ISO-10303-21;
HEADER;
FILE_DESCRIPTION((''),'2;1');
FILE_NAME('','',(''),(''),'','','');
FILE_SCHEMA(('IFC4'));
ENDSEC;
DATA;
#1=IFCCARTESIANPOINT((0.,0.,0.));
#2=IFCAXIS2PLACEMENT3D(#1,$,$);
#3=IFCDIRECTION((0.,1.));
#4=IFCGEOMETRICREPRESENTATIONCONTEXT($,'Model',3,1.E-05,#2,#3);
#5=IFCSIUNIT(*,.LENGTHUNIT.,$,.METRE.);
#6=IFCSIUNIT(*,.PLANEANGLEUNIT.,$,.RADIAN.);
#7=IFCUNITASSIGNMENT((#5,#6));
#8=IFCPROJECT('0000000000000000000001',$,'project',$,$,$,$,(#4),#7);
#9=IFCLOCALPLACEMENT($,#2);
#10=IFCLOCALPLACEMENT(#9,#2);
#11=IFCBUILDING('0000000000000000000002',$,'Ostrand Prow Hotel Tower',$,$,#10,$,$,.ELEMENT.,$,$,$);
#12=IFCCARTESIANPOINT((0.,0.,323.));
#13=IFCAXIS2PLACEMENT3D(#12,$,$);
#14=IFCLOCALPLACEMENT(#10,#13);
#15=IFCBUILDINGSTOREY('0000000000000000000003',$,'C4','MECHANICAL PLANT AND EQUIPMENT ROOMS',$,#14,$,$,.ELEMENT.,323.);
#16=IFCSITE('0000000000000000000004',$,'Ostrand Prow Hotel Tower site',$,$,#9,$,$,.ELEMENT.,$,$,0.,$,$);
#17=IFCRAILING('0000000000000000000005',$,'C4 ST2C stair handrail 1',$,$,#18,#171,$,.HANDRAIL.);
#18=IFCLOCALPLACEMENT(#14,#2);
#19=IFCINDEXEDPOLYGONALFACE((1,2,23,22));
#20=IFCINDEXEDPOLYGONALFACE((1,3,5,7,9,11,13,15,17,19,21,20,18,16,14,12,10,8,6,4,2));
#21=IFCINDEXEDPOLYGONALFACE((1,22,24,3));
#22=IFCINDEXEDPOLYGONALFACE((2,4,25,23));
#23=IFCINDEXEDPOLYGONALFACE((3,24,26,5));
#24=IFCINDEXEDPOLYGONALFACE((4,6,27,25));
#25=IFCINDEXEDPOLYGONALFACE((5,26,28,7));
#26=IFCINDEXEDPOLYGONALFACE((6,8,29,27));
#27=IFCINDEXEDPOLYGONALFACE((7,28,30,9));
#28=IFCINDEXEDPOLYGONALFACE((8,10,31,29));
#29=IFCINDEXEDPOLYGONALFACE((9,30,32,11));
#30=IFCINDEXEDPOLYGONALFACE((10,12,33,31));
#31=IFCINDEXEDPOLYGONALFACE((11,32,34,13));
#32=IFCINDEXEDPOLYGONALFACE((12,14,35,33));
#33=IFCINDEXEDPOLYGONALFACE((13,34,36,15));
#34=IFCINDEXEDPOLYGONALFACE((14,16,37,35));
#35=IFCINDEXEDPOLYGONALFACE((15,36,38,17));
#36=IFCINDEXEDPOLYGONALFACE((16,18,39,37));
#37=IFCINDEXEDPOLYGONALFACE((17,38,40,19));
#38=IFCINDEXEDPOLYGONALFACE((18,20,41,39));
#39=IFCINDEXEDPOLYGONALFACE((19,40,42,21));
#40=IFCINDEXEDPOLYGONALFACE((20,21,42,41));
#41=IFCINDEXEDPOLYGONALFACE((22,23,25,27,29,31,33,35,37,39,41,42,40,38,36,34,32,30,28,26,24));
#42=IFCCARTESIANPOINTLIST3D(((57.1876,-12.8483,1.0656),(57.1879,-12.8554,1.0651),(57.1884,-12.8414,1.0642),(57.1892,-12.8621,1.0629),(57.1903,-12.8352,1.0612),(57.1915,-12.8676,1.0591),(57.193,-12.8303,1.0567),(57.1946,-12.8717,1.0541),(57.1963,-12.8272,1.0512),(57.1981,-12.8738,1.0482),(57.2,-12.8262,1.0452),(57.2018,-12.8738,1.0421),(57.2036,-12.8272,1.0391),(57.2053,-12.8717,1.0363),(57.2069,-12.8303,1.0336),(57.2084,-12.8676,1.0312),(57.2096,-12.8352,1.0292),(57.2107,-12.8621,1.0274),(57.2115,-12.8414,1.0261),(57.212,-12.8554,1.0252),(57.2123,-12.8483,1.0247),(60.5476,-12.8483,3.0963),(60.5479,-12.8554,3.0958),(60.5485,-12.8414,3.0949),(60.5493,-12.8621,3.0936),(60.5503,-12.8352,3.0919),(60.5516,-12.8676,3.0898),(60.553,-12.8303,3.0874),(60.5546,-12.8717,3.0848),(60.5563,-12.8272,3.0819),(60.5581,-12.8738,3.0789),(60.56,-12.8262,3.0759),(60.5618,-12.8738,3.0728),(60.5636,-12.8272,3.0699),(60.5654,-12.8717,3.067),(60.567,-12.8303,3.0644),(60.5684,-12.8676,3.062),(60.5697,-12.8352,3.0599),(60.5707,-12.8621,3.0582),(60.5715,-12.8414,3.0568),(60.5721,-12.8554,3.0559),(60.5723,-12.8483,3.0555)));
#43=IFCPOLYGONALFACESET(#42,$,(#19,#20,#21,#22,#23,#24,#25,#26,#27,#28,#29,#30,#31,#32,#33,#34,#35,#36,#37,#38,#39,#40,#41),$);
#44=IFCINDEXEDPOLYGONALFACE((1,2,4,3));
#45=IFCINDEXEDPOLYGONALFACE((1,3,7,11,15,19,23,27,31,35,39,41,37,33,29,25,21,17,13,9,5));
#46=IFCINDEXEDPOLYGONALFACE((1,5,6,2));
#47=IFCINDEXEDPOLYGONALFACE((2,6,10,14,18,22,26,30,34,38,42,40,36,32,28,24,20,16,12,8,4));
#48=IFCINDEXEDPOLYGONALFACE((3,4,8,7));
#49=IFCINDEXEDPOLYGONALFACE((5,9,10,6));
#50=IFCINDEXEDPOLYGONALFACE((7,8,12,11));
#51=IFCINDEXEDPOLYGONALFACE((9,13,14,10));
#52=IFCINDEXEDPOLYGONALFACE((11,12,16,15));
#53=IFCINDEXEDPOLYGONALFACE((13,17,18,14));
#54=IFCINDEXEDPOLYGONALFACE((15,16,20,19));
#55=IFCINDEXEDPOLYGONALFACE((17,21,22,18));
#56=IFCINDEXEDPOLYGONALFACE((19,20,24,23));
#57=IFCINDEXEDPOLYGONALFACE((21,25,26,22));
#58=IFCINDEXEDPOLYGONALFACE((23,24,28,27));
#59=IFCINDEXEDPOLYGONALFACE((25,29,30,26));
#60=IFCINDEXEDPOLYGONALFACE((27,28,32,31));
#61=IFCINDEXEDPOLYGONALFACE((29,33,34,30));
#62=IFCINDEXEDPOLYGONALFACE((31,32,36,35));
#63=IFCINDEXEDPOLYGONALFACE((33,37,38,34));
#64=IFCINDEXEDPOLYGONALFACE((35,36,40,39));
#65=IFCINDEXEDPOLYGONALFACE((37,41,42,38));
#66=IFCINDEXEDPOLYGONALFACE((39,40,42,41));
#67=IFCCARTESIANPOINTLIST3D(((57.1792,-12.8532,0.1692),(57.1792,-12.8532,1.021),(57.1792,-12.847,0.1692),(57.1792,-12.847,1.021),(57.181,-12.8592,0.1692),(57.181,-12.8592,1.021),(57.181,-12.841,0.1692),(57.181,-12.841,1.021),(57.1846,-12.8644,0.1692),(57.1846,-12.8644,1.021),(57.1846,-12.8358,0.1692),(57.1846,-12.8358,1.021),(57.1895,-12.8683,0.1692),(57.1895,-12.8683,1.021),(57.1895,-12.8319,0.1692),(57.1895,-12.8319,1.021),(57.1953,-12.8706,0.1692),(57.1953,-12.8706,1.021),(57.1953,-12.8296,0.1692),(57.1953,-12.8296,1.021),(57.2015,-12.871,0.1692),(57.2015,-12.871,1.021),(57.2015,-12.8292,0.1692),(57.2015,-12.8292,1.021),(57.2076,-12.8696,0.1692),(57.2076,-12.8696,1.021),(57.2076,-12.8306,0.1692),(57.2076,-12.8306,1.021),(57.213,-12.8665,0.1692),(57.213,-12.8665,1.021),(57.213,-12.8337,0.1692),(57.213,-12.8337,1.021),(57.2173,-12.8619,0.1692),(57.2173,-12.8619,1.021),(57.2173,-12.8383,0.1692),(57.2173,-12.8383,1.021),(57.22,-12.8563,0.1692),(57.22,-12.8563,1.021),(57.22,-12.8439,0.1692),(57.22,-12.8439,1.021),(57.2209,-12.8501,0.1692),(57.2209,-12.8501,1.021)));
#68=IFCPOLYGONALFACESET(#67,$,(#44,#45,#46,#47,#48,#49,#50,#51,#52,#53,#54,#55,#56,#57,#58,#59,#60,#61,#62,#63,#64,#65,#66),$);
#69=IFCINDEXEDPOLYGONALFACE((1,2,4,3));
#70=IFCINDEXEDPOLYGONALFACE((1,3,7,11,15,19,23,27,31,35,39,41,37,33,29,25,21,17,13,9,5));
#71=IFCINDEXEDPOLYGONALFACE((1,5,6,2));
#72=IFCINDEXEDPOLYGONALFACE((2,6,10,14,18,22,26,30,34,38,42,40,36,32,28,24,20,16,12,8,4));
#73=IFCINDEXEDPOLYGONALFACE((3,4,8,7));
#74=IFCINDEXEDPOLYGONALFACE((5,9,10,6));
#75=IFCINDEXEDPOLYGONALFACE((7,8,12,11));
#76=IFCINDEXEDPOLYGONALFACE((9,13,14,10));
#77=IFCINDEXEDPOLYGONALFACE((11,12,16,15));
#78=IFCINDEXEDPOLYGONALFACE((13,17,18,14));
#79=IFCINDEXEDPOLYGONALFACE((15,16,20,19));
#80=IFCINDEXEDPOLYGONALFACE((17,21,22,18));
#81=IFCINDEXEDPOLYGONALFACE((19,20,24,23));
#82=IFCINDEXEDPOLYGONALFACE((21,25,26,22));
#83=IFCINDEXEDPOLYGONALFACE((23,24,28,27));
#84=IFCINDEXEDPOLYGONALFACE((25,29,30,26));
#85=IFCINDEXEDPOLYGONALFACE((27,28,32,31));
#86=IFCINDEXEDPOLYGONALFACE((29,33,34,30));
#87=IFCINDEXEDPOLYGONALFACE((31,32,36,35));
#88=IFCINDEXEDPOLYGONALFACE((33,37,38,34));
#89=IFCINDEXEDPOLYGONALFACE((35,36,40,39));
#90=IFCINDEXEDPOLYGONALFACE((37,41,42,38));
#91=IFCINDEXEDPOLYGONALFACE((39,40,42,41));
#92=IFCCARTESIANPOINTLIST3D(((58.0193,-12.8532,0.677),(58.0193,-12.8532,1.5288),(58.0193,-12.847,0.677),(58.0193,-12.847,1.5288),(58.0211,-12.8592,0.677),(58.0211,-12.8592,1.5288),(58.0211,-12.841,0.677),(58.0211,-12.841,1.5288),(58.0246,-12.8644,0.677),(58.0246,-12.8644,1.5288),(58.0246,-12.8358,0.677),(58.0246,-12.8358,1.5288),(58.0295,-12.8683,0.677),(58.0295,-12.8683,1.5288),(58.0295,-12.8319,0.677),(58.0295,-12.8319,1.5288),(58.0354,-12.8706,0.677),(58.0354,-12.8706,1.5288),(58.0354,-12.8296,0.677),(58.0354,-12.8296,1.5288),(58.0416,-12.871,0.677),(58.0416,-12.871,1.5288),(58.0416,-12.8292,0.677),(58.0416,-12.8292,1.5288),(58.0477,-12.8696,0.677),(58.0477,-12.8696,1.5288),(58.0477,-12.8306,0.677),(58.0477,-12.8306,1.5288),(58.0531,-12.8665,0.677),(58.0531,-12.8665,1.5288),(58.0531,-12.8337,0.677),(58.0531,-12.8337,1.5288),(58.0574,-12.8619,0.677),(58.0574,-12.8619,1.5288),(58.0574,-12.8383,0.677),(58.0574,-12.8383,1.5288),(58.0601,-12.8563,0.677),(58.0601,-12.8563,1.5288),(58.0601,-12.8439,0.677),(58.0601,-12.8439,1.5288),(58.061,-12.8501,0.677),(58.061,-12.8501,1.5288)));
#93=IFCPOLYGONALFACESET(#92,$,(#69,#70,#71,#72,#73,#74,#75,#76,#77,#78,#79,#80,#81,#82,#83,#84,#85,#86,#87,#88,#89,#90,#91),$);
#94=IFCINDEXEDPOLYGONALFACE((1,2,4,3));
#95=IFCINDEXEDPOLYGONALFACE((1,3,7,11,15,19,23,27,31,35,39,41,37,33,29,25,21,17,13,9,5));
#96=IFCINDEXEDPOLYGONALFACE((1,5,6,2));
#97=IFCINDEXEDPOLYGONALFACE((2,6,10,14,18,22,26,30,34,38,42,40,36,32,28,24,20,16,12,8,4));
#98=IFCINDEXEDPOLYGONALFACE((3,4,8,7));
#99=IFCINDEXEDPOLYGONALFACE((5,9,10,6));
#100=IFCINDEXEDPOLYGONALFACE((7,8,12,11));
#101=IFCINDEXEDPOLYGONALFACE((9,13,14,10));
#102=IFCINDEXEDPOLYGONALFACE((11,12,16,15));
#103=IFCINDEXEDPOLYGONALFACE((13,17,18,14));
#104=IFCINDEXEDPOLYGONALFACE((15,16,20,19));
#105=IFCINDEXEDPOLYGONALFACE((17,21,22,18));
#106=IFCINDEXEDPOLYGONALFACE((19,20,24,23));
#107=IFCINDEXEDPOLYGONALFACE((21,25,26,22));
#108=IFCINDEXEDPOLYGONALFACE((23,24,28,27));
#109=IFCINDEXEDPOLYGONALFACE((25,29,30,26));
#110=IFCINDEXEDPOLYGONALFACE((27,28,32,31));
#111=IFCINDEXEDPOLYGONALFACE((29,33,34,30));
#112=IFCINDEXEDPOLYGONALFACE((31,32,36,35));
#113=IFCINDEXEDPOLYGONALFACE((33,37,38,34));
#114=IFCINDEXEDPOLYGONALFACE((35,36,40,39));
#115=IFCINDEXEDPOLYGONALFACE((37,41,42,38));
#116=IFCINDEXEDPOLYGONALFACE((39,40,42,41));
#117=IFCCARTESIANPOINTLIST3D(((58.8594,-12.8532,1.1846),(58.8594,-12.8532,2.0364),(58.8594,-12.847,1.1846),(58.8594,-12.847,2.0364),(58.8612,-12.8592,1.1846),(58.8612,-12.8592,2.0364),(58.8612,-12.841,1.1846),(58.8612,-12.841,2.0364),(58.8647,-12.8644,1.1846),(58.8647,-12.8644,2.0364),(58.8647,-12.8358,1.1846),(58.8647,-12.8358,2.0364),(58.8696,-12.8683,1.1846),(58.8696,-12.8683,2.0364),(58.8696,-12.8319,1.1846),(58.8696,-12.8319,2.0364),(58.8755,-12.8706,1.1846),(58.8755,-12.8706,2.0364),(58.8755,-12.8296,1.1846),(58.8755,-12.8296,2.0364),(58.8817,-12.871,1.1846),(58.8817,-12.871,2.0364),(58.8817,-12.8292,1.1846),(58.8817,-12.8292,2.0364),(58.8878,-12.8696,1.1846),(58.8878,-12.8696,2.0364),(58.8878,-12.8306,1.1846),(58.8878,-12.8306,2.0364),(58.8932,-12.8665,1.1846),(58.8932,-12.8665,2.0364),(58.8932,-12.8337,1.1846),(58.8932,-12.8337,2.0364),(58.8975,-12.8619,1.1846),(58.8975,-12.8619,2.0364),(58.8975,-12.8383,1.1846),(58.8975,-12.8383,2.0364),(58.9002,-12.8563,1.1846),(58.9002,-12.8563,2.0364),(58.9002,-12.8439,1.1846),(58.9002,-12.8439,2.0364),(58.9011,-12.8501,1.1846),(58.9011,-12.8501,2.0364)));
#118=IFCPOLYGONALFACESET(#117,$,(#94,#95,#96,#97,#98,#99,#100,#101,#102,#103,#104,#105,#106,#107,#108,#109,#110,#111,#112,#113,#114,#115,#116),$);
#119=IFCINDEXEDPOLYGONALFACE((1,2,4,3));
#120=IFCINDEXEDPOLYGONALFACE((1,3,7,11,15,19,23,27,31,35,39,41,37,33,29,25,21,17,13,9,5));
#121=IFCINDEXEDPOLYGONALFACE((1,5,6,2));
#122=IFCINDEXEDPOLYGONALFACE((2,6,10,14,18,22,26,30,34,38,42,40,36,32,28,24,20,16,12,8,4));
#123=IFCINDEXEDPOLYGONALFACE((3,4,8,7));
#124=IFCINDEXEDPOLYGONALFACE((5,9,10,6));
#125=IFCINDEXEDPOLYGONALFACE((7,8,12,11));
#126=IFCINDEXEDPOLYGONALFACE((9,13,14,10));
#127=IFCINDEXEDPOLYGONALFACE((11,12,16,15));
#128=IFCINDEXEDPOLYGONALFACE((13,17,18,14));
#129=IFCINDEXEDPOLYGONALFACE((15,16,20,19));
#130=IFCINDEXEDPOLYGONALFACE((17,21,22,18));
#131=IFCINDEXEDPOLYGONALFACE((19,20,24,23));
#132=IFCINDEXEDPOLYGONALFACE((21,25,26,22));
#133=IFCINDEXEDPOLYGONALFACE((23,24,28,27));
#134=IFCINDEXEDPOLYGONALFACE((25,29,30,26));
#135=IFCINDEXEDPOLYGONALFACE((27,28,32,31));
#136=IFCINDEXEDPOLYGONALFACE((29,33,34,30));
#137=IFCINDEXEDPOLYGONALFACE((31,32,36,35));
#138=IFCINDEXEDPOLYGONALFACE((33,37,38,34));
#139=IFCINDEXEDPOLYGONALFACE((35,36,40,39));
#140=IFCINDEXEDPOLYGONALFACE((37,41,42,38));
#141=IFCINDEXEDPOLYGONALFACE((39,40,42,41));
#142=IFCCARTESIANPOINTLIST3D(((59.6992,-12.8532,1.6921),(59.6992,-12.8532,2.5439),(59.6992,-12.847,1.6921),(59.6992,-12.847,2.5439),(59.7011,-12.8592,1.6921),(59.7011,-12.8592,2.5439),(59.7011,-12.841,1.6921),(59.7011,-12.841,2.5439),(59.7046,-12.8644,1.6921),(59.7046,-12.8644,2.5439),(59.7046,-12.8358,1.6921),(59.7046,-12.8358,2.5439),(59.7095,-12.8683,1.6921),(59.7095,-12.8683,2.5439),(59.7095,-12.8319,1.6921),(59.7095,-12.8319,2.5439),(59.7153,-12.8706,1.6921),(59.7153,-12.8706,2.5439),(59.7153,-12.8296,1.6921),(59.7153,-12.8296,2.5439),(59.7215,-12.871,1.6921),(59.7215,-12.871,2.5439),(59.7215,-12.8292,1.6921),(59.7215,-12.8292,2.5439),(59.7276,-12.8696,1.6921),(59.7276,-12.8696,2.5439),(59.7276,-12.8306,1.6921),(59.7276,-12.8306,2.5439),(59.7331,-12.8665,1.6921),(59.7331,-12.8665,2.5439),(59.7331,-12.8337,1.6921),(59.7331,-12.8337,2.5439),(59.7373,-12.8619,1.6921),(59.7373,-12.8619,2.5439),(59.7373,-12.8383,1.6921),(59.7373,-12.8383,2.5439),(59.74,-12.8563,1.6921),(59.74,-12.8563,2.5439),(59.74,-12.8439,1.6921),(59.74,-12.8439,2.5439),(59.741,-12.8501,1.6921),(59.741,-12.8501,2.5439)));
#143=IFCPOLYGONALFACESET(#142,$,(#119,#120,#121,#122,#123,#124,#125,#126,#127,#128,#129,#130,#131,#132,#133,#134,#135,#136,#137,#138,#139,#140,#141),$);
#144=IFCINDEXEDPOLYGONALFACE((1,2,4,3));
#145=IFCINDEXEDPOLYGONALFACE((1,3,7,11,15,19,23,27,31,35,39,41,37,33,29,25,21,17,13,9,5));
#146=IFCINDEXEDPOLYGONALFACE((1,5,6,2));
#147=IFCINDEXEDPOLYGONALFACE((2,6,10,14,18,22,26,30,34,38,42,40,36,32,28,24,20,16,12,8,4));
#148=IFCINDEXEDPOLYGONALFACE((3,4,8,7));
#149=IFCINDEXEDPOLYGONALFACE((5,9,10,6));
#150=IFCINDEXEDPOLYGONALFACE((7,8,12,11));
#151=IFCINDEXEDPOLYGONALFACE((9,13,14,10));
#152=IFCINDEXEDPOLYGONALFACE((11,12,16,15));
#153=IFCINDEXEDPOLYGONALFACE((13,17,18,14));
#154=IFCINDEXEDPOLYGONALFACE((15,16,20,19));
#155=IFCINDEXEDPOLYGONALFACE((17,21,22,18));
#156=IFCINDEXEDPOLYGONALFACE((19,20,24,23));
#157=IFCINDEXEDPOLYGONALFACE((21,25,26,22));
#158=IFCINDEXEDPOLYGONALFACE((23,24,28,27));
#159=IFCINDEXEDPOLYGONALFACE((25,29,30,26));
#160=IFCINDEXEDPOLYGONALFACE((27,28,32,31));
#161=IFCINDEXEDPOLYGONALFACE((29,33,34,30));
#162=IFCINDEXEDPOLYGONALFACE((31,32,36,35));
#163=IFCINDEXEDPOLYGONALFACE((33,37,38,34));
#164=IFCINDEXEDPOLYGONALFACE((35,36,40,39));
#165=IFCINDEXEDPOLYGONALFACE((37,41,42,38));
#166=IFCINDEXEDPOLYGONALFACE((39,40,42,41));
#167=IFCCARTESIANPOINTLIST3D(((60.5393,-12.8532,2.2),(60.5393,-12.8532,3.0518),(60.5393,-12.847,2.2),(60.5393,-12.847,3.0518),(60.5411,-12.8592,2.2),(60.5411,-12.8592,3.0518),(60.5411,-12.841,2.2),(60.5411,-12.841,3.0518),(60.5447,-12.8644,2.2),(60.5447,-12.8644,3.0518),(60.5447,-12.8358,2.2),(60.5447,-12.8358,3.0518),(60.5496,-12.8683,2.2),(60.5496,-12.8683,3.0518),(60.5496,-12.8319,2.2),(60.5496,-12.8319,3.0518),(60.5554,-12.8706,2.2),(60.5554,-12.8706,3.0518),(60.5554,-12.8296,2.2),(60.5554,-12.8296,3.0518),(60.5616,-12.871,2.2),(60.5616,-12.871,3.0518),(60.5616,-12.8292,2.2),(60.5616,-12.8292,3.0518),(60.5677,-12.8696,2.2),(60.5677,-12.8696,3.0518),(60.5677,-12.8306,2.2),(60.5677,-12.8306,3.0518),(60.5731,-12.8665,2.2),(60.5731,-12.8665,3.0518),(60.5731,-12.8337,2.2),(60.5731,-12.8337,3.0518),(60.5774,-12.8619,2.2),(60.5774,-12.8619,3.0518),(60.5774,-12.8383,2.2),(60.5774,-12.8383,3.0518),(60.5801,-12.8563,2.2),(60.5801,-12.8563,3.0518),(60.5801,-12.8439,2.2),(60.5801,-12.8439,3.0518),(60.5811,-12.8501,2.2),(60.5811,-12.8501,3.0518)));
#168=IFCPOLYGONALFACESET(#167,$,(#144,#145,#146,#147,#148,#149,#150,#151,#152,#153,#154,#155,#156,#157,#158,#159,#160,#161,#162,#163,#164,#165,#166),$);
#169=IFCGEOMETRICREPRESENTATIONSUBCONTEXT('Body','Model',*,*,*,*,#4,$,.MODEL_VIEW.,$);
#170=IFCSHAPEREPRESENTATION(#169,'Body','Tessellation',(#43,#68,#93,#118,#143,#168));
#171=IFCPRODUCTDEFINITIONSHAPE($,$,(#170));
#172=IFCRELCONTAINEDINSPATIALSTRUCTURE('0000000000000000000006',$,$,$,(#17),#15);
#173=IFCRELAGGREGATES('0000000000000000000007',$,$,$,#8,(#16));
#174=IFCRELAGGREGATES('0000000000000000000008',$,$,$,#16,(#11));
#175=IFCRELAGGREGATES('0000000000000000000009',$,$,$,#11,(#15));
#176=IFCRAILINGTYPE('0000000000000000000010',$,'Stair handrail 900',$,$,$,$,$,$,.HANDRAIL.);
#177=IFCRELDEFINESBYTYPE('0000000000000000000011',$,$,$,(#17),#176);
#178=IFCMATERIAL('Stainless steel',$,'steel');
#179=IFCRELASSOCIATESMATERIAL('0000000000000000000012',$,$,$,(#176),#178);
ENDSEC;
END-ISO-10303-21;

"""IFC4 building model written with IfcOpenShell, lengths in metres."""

from ifc_helpers import new_model, si_unit, direction, frame, origin, origin_2d, place, context, subcontext, project, spatial, circle, extrude, material, type_object, element, save


model = new_model("IFC4")

# Units and contexts
model_context = context("Model", 3, precision=1e-05, world=origin(), true_north=direction((0.0, 1.0)))
body_context = subcontext(model_context, "Body", "Model", "MODEL_VIEW")
ifc_project = project(units=[si_unit("LENGTHUNIT", "METRE"), si_unit("PLANEANGLEUNIT", "RADIAN")], contexts=[model_context])

# Site, building, storey
site_placement = place(None, origin())
site = spatial("IfcSite", under=ifc_project, at=site_placement, Name="Ostrand Prow Hotel Tower site", CompositionType="ELEMENT", RefElevation=0.0)
building_placement = place(site_placement, origin())
building = spatial("IfcBuilding", under=site, at=building_placement, Name="Ostrand Prow Hotel Tower", CompositionType="ELEMENT")
storey_placement = place(building_placement, frame((0.0, 0.0, 323.0)))
storey = spatial("IfcBuildingStorey", under=building, at=storey_placement, Name="C4", Description="MECHANICAL PLANT AND EQUIPMENT ROOMS", CompositionType="ELEMENT", Elevation=323.0)

# Railing
ifc_material_1 = material(Name="Stainless steel", Category="steel")
railing_type_1 = type_object("IfcRailingType", Name="Stair handrail 900", PredefinedType="HANDRAIL", material=ifc_material_1)
railing_1_placement = place(storey_placement, frame((57.2, -12.8501, 0.1692)))
element("IfcRailing", 1, at=railing_1_placement, inside=storey, type_object=railing_type_1, Name="C4 ST2C stair handrail 1", PredefinedType="HANDRAIL", context=body_context, shape_type="SweptSolid", body=[
    extrude(circle(Radius=0.0239, at=origin_2d()), frame((0.0, 0.0, 0.876), z_axis=(0.855837, 0.0, 0.517246), x_axis=(0.0, 1.0, 0.0)), (0.0, 0.0, 1.0), 3.926),
    extrude(circle(Radius=0.021, at=origin_2d()), origin(), (0.0, 0.0, 1.0), 0.8518),
    extrude(circle(Radius=0.021, at=origin_2d()), frame((0.8401, 0.0, 0.5078)), (0.0, 0.0, 1.0), 0.8518),
    extrude(circle(Radius=0.021, at=origin_2d()), frame((1.6802, 0.0, 1.0154)), (0.0, 0.0, 1.0), 0.8518),
    extrude(circle(Radius=0.021, at=origin_2d()), frame((2.52, 0.0, 1.5229)), (0.0, 0.0, 1.0), 0.8518),
    extrude(circle(Radius=0.021, at=origin_2d()), frame((3.3601, 0.0, 2.0308)), (0.0, 0.0, 1.0), 0.8518),
])

save(model, "model.ifc")
